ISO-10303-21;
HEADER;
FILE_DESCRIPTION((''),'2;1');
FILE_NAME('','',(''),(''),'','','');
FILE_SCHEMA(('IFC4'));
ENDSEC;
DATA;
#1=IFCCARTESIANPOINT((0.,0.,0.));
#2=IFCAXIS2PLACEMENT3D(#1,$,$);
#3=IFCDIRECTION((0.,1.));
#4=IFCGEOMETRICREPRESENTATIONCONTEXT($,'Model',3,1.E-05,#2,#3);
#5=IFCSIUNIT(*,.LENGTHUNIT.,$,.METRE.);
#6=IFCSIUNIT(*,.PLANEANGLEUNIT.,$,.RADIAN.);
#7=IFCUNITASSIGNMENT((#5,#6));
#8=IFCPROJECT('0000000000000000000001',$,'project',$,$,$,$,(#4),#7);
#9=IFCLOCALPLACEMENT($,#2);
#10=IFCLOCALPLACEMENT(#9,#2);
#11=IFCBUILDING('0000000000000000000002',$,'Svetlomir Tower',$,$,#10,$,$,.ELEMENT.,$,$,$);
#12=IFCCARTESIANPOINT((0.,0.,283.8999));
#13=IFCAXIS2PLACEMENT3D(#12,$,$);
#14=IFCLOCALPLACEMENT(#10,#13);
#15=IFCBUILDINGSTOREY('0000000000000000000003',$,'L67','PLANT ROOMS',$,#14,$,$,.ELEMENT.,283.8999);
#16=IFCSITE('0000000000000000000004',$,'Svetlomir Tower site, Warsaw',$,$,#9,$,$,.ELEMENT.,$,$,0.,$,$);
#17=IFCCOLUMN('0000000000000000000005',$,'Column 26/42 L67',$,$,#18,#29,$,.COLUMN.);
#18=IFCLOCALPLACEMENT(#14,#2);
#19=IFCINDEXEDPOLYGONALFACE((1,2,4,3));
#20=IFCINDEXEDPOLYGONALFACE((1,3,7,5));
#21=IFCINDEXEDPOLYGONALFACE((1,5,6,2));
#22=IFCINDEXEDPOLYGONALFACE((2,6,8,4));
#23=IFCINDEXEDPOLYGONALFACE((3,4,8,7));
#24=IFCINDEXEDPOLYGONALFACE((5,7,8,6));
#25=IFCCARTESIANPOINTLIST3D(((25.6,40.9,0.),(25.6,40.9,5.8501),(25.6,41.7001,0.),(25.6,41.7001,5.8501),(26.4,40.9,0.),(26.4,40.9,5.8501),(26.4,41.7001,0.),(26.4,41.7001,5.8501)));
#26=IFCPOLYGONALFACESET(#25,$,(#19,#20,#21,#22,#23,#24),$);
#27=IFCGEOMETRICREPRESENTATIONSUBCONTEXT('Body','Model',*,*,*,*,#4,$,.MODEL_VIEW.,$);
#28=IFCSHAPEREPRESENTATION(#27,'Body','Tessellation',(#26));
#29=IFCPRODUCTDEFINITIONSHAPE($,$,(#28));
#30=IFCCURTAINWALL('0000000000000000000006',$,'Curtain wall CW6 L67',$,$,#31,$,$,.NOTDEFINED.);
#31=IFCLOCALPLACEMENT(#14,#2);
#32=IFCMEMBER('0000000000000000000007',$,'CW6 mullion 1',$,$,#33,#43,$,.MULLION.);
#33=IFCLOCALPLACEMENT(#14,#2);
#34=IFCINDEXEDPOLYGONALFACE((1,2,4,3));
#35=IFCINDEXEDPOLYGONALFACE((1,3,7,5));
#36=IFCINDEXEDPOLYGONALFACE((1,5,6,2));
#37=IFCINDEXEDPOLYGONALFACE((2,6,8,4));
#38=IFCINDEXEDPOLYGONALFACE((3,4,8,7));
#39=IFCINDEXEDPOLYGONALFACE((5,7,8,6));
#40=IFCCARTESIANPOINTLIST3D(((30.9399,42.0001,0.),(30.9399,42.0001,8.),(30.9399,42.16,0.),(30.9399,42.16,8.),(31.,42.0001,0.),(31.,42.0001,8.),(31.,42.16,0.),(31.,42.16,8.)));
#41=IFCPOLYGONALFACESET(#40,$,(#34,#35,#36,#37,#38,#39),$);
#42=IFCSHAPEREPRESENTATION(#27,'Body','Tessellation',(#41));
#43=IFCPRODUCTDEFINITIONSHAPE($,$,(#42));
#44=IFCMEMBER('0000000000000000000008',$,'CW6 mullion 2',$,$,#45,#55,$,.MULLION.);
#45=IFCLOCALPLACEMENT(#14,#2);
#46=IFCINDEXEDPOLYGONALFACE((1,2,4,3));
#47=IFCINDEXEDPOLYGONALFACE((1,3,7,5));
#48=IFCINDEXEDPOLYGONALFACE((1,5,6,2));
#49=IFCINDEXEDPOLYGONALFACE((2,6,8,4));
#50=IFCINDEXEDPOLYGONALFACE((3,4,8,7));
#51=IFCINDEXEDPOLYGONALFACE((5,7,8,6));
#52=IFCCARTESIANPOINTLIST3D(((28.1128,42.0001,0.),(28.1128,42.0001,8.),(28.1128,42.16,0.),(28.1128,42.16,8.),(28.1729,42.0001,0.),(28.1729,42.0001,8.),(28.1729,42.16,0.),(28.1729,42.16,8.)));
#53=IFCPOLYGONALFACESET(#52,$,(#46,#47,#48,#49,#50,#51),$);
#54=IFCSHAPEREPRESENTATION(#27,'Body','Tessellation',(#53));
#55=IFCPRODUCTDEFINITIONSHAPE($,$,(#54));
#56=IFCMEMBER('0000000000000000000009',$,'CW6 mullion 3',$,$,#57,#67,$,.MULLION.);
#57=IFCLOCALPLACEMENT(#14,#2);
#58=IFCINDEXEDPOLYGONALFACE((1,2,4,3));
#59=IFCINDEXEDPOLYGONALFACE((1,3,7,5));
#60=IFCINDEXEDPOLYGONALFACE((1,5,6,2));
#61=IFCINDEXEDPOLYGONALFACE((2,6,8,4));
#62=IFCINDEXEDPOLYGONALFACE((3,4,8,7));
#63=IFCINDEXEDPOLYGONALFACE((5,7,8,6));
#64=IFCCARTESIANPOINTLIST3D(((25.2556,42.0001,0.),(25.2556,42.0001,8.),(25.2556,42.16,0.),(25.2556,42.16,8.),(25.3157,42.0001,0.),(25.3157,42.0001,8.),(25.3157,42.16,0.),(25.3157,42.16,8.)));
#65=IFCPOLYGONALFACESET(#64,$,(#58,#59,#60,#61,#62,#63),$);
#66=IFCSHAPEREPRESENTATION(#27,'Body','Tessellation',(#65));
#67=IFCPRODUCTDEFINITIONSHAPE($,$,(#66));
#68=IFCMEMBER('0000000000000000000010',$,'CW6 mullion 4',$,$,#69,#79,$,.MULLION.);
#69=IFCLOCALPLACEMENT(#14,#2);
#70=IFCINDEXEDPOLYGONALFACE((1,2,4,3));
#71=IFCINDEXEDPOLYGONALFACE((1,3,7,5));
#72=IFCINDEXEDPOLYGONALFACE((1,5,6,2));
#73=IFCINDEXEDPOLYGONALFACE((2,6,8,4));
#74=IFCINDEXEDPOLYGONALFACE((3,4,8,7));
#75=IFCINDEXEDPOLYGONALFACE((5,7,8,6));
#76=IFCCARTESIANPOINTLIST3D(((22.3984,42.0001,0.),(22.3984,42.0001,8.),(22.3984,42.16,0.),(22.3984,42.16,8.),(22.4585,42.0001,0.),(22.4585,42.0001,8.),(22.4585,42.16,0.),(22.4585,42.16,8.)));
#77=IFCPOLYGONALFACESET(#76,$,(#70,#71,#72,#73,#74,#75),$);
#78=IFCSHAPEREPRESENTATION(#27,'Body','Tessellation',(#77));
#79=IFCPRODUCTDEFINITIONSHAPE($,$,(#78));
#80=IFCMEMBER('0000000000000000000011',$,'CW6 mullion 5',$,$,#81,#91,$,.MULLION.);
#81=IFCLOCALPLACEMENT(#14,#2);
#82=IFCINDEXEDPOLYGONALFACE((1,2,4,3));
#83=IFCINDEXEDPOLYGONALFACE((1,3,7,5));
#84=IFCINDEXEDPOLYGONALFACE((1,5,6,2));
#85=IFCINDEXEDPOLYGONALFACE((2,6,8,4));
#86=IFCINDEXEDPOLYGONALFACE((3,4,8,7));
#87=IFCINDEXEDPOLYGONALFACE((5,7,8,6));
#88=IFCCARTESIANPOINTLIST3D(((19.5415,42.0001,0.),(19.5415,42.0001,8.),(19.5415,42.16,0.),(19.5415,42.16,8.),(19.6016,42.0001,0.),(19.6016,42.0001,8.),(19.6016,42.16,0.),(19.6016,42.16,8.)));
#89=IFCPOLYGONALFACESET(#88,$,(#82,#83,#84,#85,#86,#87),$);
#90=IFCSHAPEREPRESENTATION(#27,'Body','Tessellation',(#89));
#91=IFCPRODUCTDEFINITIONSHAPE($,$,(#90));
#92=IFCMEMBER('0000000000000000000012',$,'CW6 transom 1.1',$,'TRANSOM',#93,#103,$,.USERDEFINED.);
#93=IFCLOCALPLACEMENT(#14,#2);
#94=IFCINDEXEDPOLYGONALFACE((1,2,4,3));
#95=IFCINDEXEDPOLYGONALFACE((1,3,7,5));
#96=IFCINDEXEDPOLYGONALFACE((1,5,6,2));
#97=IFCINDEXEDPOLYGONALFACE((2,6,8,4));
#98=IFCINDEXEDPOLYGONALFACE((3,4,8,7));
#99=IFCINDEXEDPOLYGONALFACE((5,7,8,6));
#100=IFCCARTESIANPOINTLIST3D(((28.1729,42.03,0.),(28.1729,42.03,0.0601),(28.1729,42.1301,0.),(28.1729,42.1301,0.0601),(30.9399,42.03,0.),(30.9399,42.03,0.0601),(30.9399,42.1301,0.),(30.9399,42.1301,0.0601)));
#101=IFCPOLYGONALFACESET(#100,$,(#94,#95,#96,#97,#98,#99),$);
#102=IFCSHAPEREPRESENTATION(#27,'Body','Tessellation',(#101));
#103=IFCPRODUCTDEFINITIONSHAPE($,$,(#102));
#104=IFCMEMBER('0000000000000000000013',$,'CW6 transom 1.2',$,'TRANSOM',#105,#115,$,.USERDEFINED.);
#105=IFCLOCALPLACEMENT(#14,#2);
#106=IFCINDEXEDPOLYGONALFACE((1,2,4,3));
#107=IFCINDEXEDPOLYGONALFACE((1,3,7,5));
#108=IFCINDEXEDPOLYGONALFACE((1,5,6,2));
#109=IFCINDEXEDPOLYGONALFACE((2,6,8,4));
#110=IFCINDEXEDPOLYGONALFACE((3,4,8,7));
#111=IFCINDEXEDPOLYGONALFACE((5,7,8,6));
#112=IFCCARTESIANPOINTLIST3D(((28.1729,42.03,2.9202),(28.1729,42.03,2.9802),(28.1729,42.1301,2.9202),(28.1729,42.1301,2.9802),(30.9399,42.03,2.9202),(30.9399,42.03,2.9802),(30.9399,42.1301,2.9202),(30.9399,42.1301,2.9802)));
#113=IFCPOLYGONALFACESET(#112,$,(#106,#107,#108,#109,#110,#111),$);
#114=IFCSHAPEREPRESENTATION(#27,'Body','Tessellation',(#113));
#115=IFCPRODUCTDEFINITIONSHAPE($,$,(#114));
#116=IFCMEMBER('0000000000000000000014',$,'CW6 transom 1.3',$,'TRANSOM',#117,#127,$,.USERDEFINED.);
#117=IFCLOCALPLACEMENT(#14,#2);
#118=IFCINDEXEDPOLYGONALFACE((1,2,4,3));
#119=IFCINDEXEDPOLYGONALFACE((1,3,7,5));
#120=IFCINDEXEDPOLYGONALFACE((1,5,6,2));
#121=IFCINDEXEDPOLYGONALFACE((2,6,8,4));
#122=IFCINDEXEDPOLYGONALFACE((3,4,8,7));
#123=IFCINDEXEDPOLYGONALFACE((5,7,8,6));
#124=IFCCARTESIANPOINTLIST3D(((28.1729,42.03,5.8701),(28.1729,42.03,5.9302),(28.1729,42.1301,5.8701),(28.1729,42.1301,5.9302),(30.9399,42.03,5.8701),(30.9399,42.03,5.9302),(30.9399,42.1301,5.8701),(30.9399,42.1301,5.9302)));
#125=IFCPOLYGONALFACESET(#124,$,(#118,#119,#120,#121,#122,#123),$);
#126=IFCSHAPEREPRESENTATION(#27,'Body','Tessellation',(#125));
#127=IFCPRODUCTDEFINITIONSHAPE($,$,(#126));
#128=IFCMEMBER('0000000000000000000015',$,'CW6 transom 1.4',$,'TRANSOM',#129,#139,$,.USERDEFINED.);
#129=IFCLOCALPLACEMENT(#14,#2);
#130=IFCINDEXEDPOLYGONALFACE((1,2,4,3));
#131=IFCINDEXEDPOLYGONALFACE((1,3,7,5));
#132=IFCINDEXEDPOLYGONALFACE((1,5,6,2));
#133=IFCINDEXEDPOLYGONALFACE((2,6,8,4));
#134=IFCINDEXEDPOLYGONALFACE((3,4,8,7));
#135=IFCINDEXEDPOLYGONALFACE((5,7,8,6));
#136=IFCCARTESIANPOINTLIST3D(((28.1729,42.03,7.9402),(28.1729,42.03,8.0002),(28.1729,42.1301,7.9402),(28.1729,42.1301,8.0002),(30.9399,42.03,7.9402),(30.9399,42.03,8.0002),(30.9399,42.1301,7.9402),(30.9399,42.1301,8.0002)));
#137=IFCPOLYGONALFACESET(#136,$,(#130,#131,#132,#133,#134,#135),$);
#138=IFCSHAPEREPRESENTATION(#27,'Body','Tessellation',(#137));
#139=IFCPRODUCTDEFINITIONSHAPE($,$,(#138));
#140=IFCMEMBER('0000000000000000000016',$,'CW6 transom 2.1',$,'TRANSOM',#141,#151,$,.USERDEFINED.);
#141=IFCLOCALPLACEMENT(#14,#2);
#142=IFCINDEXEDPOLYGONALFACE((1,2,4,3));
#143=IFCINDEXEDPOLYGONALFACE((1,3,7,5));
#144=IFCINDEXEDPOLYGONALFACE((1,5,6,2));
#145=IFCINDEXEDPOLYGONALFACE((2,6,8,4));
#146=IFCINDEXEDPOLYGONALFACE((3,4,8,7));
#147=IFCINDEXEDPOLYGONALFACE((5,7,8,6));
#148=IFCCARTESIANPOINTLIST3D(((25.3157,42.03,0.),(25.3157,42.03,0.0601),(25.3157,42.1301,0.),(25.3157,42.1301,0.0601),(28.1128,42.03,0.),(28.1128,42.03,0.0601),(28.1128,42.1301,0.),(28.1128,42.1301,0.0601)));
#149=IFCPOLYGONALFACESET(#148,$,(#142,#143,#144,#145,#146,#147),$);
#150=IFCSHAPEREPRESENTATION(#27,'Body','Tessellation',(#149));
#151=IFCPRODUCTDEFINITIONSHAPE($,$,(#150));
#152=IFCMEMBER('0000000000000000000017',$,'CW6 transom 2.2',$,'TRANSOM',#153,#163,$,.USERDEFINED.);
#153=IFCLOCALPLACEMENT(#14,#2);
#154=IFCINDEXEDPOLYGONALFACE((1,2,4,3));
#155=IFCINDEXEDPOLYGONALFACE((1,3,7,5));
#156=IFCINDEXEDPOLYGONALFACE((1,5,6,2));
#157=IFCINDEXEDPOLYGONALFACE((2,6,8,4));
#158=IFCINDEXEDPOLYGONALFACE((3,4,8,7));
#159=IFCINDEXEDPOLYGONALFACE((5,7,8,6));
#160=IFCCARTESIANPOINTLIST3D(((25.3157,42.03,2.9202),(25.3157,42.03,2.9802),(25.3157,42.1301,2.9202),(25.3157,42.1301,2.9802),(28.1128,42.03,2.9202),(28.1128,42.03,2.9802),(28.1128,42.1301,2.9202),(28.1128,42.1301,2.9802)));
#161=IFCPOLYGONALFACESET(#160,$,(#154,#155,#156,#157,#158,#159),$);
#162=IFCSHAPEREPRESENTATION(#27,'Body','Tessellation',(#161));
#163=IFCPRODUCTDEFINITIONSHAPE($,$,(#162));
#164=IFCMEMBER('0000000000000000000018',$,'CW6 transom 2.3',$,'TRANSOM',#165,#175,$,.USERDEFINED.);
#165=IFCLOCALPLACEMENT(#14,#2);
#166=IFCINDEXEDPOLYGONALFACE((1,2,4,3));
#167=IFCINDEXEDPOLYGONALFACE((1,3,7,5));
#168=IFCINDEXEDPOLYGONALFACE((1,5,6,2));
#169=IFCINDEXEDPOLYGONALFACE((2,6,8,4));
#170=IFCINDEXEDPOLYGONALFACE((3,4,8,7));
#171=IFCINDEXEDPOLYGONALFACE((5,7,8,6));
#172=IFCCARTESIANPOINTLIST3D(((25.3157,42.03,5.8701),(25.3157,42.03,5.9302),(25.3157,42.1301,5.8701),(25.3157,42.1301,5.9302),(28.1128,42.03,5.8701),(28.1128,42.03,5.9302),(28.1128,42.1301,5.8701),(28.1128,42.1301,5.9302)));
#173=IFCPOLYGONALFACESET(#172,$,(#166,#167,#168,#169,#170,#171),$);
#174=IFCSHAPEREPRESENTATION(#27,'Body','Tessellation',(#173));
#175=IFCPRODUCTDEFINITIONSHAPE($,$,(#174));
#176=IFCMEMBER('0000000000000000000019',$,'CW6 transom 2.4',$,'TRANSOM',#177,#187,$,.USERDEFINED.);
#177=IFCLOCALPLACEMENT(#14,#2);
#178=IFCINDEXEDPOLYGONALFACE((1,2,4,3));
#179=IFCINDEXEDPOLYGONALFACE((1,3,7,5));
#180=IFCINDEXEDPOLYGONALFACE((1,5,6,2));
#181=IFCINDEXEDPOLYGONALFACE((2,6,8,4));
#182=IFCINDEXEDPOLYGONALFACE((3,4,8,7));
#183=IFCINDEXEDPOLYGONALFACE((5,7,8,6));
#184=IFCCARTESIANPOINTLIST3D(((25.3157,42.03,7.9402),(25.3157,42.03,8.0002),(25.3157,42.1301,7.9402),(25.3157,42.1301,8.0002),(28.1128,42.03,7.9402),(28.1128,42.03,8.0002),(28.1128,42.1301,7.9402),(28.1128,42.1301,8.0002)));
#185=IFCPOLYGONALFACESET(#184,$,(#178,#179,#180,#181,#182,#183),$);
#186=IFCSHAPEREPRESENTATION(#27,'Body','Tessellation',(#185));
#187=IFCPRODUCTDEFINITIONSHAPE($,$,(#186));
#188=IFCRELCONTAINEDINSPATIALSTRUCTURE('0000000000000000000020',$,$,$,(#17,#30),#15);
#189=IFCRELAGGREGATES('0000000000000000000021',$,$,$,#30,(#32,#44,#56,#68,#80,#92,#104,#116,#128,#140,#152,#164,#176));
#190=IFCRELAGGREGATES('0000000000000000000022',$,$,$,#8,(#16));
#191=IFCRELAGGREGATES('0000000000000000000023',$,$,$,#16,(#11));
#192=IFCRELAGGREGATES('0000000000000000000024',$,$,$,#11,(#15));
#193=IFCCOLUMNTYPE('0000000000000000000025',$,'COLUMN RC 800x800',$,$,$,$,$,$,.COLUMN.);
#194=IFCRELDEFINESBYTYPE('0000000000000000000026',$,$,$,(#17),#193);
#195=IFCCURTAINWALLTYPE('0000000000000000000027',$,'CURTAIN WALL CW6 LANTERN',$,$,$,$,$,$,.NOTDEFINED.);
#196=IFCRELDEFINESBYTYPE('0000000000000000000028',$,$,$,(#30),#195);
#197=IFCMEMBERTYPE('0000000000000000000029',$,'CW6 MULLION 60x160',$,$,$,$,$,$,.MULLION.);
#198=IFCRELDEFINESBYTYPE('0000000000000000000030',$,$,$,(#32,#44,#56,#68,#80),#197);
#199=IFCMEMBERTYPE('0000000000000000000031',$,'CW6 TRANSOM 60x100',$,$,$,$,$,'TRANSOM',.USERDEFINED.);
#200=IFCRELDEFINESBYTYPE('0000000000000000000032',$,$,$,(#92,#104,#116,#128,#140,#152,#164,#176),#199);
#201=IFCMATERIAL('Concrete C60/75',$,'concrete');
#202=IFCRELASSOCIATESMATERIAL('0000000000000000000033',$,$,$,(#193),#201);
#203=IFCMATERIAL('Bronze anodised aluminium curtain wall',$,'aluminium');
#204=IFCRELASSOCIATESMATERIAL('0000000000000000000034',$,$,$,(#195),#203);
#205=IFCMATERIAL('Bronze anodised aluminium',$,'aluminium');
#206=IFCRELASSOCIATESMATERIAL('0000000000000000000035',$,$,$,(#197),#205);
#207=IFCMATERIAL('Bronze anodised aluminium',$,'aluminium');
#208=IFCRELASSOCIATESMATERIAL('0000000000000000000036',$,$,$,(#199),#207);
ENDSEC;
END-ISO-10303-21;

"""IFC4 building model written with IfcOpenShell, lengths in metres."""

from ifc_helpers import new_model, si_unit, direction, frame, origin, origin_2d, place, context, subcontext, project, spatial, rectangle, extrude, material, material_profile, profile_set, type_object, element, aggregate, save


model = new_model("IFC4")

# Units and contexts
model_context = context("Model", 3, precision=1e-05, world=origin(), true_north=direction((0.0, 1.0)))
body_context = subcontext(model_context, "Body", "Model", "MODEL_VIEW")
ifc_project = project(units=[si_unit("LENGTHUNIT", "METRE"), si_unit("PLANEANGLEUNIT", "RADIAN")], contexts=[model_context])

# Site, building, storey
site_placement = place(None, origin())
site = spatial("IfcSite", under=ifc_project, at=site_placement, Name="Svetlomir Tower site, Warsaw", CompositionType="ELEMENT", RefElevation=0.0)
building_placement = place(site_placement, origin())
building = spatial("IfcBuilding", under=site, at=building_placement, Name="Svetlomir Tower", CompositionType="ELEMENT")
storey_placement = place(building_placement, frame((0.0, 0.0, 283.8999)))
storey = spatial("IfcBuildingStorey", under=building, at=storey_placement, Name="L67", Description="PLANT ROOMS", CompositionType="ELEMENT", Elevation=283.8999)

# Column
ifc_material_1 = material(Name="Concrete C60/75", Category="concrete")
ifc_material_profile_1 = material_profile(ifc_material_1, rectangle(XDim=0.8, YDim=0.8, at=origin_2d()), Name="RC 800x800")
ifc_profile_set_1 = profile_set([ifc_material_profile_1], Name="Concrete C60/75")
column_type = type_object("IfcColumnType", Name="COLUMN RC 800x800", PredefinedType="COLUMN", material=ifc_profile_set_1)
column_placement = place(storey_placement, frame((26.0, 41.3, 0.0), z_axis=(0.0, 0.0, 1.0), x_axis=(1.0, 0.0, 0.0)))
element("IfcColumn", 1, at=column_placement, inside=storey, type_object=column_type, Name="Column 26/42 L67", PredefinedType="COLUMN", context=body_context, shape_type="SweptSolid", body=[
    extrude(rectangle(XDim=0.8, YDim=0.8, at=origin_2d()), origin(), (0.0, 0.0, 1.0), 5.8501),
])

# Curtain wall, members
ifc_material_2 = material(Name="Bronze anodised aluminium curtain wall", Category="aluminium")
curtain_wall_type = type_object("IfcCurtainWallType", Name="CURTAIN WALL CW6 LANTERN", PredefinedType="NOTDEFINED", material=ifc_material_2)
curtain_wall_placement = place(storey_placement, origin())
curtain_wall = element("IfcCurtainWall", 2, at=curtain_wall_placement, inside=storey, type_object=curtain_wall_type, Name="Curtain wall CW6 L67", PredefinedType="NOTDEFINED")
ifc_material_3 = material(Name="Bronze anodised aluminium", Category="aluminium")
ifc_material_profile_2 = material_profile(ifc_material_3, rectangle(XDim=0.0601, YDim=0.1599, at=origin_2d()), Name="AL 60x160")
ifc_profile_set_2 = profile_set([ifc_material_profile_2], Name="Bronze anodised aluminium 6063-T6")
member_type_1 = type_object("IfcMemberType", Name="CW6 MULLION 60x160", PredefinedType="MULLION", material=ifc_profile_set_2)
member_1_placement = place(storey_placement, frame((30.97, 42.0801, 0.0), z_axis=(0.0, 0.0, 1.0), x_axis=(-1.0, 0.0, 0.0)))
member_1 = element("IfcMember", 3, at=member_1_placement, type_object=member_type_1, Name="CW6 mullion 1", PredefinedType="MULLION", context=body_context, shape_type="SweptSolid", body=[
    extrude(rectangle(XDim=0.0601, YDim=0.1599, at=origin_2d()), origin(), (0.0, 0.0, 1.0), 8.0),
])
member_2_placement = place(storey_placement, frame((28.1428, 42.0801, 0.0), z_axis=(0.0, 0.0, 1.0), x_axis=(-1.0, 0.0, 0.0)))
member_2 = element("IfcMember", 4, at=member_2_placement, type_object=member_type_1, Name="CW6 mullion 2", PredefinedType="MULLION", context=body_context, shape_type="SweptSolid", body=[
    extrude(rectangle(XDim=0.0601, YDim=0.1599, at=origin_2d()), origin(), (0.0, 0.0, 1.0), 8.0),
])
member_3_placement = place(storey_placement, frame((25.2856, 42.0801, 0.0), z_axis=(0.0, 0.0, 1.0), x_axis=(-1.0, 0.0, 0.0)))
member_3 = element("IfcMember", 5, at=member_3_placement, type_object=member_type_1, Name="CW6 mullion 3", PredefinedType="MULLION", context=body_context, shape_type="SweptSolid", body=[
    extrude(rectangle(XDim=0.0601, YDim=0.1599, at=origin_2d()), origin(), (0.0, 0.0, 1.0), 8.0),
])
member_4_placement = place(storey_placement, frame((22.4285, 42.0801, 0.0), z_axis=(0.0, 0.0, 1.0), x_axis=(-1.0, 0.0, 0.0)))
member_4 = element("IfcMember", 6, at=member_4_placement, type_object=member_type_1, Name="CW6 mullion 4", PredefinedType="MULLION", context=body_context, shape_type="SweptSolid", body=[
    extrude(rectangle(XDim=0.0601, YDim=0.1599, at=origin_2d()), origin(), (0.0, 0.0, 1.0), 8.0),
])
member_5_placement = place(storey_placement, frame((19.5715, 42.0801, 0.0), z_axis=(0.0, 0.0, 1.0), x_axis=(-1.0, 0.0, 0.0)))
member_5 = element("IfcMember", 7, at=member_5_placement, type_object=member_type_1, Name="CW6 mullion 5", PredefinedType="MULLION", context=body_context, shape_type="SweptSolid", body=[
    extrude(rectangle(XDim=0.0601, YDim=0.1599, at=origin_2d()), origin(), (0.0, 0.0, 1.0), 8.0),
])
ifc_material_4 = material(Name="Bronze anodised aluminium", Category="aluminium")
ifc_material_profile_3 = material_profile(ifc_material_4, rectangle(XDim=0.1001, YDim=0.0601, at=origin_2d()), Name="AL 100x60")
ifc_profile_set_3 = profile_set([ifc_material_profile_3], Name="Bronze anodised aluminium 6063-T6")
member_type_2 = type_object("IfcMemberType", Name="CW6 TRANSOM 60x100", ElementType="TRANSOM", PredefinedType="USERDEFINED", material=ifc_profile_set_3)
member_6_placement = place(storey_placement, frame((30.9399, 42.0801, 0.03), z_axis=(-1.0, 0.0, 0.0), x_axis=(0.0, -1.0, 0.0)))
member_6 = element("IfcMember", 8, at=member_6_placement, type_object=member_type_2, Name="CW6 transom 1.1", ObjectType="TRANSOM", PredefinedType="USERDEFINED", context=body_context, shape_type="SweptSolid", body=[
    extrude(rectangle(XDim=0.1001, YDim=0.0601, at=origin_2d()), origin(), (0.0, 0.0, 1.0), 2.7671),
])
member_7_placement = place(storey_placement, frame((30.9399, 42.0801, 2.9502), z_axis=(-1.0, 0.0, 0.0), x_axis=(0.0, -1.0, 0.0)))
member_7 = element("IfcMember", 9, at=member_7_placement, type_object=member_type_2, Name="CW6 transom 1.2", ObjectType="TRANSOM", PredefinedType="USERDEFINED", context=body_context, shape_type="SweptSolid", body=[
    extrude(rectangle(XDim=0.1001, YDim=0.0601, at=origin_2d()), origin(), (0.0, 0.0, 1.0), 2.7671),
])
member_8_placement = place(storey_placement, frame((30.9399, 42.0801, 5.9001), z_axis=(-1.0, 0.0, 0.0), x_axis=(0.0, -1.0, 0.0)))
member_8 = element("IfcMember", 10, at=member_8_placement, type_object=member_type_2, Name="CW6 transom 1.3", ObjectType="TRANSOM", PredefinedType="USERDEFINED", context=body_context, shape_type="SweptSolid", body=[
    extrude(rectangle(XDim=0.1001, YDim=0.0601, at=origin_2d()), origin(), (0.0, 0.0, 1.0), 2.7671),
])
member_9_placement = place(storey_placement, frame((30.9399, 42.0801, 7.9702), z_axis=(-1.0, 0.0, 0.0), x_axis=(0.0, -1.0, 0.0)))
member_9 = element("IfcMember", 11, at=member_9_placement, type_object=member_type_2, Name="CW6 transom 1.4", ObjectType="TRANSOM", PredefinedType="USERDEFINED", context=body_context, shape_type="SweptSolid", body=[
    extrude(rectangle(XDim=0.1001, YDim=0.0601, at=origin_2d()), origin(), (0.0, 0.0, 1.0), 2.7671),
])
member_10_placement = place(storey_placement, frame((28.1128, 42.0801, 0.03), z_axis=(-1.0, 0.0, 0.0), x_axis=(0.0, -1.0, 0.0)))
member_10 = element("IfcMember", 12, at=member_10_placement, type_object=member_type_2, Name="CW6 transom 2.1", ObjectType="TRANSOM", PredefinedType="USERDEFINED", context=body_context, shape_type="SweptSolid", body=[
    extrude(rectangle(XDim=0.1001, YDim=0.0601, at=origin_2d()), origin(), (0.0, 0.0, 1.0), 2.7971),
])
member_11_placement = place(storey_placement, frame((28.1128, 42.0801, 2.9502), z_axis=(-1.0, 0.0, 0.0), x_axis=(0.0, -1.0, 0.0)))
member_11 = element("IfcMember", 13, at=member_11_placement, type_object=member_type_2, Name="CW6 transom 2.2", ObjectType="TRANSOM", PredefinedType="USERDEFINED", context=body_context, shape_type="SweptSolid", body=[
    extrude(rectangle(XDim=0.1001, YDim=0.0601, at=origin_2d()), origin(), (0.0, 0.0, 1.0), 2.7971),
])
member_12_placement = place(storey_placement, frame((28.1128, 42.0801, 5.9001), z_axis=(-1.0, 0.0, 0.0), x_axis=(0.0, -1.0, 0.0)))
member_12 = element("IfcMember", 14, at=member_12_placement, type_object=member_type_2, Name="CW6 transom 2.3", ObjectType="TRANSOM", PredefinedType="USERDEFINED", context=body_context, shape_type="SweptSolid", body=[
    extrude(rectangle(XDim=0.1001, YDim=0.0601, at=origin_2d()), origin(), (0.0, 0.0, 1.0), 2.7971),
])
member_13_placement = place(storey_placement, frame((28.1128, 42.0801, 7.9702), z_axis=(-1.0, 0.0, 0.0), x_axis=(0.0, -1.0, 0.0)))
member_13 = element("IfcMember", 15, at=member_13_placement, type_object=member_type_2, Name="CW6 transom 2.4", ObjectType="TRANSOM", PredefinedType="USERDEFINED", context=body_context, shape_type="SweptSolid", body=[
    extrude(rectangle(XDim=0.1001, YDim=0.0601, at=origin_2d()), origin(), (0.0, 0.0, 1.0), 2.7971),
])
aggregate(curtain_wall, [member_1, member_2, member_3, member_4, member_5, member_6, member_7, member_8, member_9, member_10, member_11, member_12, member_13])

save(model, "model.ifc")
